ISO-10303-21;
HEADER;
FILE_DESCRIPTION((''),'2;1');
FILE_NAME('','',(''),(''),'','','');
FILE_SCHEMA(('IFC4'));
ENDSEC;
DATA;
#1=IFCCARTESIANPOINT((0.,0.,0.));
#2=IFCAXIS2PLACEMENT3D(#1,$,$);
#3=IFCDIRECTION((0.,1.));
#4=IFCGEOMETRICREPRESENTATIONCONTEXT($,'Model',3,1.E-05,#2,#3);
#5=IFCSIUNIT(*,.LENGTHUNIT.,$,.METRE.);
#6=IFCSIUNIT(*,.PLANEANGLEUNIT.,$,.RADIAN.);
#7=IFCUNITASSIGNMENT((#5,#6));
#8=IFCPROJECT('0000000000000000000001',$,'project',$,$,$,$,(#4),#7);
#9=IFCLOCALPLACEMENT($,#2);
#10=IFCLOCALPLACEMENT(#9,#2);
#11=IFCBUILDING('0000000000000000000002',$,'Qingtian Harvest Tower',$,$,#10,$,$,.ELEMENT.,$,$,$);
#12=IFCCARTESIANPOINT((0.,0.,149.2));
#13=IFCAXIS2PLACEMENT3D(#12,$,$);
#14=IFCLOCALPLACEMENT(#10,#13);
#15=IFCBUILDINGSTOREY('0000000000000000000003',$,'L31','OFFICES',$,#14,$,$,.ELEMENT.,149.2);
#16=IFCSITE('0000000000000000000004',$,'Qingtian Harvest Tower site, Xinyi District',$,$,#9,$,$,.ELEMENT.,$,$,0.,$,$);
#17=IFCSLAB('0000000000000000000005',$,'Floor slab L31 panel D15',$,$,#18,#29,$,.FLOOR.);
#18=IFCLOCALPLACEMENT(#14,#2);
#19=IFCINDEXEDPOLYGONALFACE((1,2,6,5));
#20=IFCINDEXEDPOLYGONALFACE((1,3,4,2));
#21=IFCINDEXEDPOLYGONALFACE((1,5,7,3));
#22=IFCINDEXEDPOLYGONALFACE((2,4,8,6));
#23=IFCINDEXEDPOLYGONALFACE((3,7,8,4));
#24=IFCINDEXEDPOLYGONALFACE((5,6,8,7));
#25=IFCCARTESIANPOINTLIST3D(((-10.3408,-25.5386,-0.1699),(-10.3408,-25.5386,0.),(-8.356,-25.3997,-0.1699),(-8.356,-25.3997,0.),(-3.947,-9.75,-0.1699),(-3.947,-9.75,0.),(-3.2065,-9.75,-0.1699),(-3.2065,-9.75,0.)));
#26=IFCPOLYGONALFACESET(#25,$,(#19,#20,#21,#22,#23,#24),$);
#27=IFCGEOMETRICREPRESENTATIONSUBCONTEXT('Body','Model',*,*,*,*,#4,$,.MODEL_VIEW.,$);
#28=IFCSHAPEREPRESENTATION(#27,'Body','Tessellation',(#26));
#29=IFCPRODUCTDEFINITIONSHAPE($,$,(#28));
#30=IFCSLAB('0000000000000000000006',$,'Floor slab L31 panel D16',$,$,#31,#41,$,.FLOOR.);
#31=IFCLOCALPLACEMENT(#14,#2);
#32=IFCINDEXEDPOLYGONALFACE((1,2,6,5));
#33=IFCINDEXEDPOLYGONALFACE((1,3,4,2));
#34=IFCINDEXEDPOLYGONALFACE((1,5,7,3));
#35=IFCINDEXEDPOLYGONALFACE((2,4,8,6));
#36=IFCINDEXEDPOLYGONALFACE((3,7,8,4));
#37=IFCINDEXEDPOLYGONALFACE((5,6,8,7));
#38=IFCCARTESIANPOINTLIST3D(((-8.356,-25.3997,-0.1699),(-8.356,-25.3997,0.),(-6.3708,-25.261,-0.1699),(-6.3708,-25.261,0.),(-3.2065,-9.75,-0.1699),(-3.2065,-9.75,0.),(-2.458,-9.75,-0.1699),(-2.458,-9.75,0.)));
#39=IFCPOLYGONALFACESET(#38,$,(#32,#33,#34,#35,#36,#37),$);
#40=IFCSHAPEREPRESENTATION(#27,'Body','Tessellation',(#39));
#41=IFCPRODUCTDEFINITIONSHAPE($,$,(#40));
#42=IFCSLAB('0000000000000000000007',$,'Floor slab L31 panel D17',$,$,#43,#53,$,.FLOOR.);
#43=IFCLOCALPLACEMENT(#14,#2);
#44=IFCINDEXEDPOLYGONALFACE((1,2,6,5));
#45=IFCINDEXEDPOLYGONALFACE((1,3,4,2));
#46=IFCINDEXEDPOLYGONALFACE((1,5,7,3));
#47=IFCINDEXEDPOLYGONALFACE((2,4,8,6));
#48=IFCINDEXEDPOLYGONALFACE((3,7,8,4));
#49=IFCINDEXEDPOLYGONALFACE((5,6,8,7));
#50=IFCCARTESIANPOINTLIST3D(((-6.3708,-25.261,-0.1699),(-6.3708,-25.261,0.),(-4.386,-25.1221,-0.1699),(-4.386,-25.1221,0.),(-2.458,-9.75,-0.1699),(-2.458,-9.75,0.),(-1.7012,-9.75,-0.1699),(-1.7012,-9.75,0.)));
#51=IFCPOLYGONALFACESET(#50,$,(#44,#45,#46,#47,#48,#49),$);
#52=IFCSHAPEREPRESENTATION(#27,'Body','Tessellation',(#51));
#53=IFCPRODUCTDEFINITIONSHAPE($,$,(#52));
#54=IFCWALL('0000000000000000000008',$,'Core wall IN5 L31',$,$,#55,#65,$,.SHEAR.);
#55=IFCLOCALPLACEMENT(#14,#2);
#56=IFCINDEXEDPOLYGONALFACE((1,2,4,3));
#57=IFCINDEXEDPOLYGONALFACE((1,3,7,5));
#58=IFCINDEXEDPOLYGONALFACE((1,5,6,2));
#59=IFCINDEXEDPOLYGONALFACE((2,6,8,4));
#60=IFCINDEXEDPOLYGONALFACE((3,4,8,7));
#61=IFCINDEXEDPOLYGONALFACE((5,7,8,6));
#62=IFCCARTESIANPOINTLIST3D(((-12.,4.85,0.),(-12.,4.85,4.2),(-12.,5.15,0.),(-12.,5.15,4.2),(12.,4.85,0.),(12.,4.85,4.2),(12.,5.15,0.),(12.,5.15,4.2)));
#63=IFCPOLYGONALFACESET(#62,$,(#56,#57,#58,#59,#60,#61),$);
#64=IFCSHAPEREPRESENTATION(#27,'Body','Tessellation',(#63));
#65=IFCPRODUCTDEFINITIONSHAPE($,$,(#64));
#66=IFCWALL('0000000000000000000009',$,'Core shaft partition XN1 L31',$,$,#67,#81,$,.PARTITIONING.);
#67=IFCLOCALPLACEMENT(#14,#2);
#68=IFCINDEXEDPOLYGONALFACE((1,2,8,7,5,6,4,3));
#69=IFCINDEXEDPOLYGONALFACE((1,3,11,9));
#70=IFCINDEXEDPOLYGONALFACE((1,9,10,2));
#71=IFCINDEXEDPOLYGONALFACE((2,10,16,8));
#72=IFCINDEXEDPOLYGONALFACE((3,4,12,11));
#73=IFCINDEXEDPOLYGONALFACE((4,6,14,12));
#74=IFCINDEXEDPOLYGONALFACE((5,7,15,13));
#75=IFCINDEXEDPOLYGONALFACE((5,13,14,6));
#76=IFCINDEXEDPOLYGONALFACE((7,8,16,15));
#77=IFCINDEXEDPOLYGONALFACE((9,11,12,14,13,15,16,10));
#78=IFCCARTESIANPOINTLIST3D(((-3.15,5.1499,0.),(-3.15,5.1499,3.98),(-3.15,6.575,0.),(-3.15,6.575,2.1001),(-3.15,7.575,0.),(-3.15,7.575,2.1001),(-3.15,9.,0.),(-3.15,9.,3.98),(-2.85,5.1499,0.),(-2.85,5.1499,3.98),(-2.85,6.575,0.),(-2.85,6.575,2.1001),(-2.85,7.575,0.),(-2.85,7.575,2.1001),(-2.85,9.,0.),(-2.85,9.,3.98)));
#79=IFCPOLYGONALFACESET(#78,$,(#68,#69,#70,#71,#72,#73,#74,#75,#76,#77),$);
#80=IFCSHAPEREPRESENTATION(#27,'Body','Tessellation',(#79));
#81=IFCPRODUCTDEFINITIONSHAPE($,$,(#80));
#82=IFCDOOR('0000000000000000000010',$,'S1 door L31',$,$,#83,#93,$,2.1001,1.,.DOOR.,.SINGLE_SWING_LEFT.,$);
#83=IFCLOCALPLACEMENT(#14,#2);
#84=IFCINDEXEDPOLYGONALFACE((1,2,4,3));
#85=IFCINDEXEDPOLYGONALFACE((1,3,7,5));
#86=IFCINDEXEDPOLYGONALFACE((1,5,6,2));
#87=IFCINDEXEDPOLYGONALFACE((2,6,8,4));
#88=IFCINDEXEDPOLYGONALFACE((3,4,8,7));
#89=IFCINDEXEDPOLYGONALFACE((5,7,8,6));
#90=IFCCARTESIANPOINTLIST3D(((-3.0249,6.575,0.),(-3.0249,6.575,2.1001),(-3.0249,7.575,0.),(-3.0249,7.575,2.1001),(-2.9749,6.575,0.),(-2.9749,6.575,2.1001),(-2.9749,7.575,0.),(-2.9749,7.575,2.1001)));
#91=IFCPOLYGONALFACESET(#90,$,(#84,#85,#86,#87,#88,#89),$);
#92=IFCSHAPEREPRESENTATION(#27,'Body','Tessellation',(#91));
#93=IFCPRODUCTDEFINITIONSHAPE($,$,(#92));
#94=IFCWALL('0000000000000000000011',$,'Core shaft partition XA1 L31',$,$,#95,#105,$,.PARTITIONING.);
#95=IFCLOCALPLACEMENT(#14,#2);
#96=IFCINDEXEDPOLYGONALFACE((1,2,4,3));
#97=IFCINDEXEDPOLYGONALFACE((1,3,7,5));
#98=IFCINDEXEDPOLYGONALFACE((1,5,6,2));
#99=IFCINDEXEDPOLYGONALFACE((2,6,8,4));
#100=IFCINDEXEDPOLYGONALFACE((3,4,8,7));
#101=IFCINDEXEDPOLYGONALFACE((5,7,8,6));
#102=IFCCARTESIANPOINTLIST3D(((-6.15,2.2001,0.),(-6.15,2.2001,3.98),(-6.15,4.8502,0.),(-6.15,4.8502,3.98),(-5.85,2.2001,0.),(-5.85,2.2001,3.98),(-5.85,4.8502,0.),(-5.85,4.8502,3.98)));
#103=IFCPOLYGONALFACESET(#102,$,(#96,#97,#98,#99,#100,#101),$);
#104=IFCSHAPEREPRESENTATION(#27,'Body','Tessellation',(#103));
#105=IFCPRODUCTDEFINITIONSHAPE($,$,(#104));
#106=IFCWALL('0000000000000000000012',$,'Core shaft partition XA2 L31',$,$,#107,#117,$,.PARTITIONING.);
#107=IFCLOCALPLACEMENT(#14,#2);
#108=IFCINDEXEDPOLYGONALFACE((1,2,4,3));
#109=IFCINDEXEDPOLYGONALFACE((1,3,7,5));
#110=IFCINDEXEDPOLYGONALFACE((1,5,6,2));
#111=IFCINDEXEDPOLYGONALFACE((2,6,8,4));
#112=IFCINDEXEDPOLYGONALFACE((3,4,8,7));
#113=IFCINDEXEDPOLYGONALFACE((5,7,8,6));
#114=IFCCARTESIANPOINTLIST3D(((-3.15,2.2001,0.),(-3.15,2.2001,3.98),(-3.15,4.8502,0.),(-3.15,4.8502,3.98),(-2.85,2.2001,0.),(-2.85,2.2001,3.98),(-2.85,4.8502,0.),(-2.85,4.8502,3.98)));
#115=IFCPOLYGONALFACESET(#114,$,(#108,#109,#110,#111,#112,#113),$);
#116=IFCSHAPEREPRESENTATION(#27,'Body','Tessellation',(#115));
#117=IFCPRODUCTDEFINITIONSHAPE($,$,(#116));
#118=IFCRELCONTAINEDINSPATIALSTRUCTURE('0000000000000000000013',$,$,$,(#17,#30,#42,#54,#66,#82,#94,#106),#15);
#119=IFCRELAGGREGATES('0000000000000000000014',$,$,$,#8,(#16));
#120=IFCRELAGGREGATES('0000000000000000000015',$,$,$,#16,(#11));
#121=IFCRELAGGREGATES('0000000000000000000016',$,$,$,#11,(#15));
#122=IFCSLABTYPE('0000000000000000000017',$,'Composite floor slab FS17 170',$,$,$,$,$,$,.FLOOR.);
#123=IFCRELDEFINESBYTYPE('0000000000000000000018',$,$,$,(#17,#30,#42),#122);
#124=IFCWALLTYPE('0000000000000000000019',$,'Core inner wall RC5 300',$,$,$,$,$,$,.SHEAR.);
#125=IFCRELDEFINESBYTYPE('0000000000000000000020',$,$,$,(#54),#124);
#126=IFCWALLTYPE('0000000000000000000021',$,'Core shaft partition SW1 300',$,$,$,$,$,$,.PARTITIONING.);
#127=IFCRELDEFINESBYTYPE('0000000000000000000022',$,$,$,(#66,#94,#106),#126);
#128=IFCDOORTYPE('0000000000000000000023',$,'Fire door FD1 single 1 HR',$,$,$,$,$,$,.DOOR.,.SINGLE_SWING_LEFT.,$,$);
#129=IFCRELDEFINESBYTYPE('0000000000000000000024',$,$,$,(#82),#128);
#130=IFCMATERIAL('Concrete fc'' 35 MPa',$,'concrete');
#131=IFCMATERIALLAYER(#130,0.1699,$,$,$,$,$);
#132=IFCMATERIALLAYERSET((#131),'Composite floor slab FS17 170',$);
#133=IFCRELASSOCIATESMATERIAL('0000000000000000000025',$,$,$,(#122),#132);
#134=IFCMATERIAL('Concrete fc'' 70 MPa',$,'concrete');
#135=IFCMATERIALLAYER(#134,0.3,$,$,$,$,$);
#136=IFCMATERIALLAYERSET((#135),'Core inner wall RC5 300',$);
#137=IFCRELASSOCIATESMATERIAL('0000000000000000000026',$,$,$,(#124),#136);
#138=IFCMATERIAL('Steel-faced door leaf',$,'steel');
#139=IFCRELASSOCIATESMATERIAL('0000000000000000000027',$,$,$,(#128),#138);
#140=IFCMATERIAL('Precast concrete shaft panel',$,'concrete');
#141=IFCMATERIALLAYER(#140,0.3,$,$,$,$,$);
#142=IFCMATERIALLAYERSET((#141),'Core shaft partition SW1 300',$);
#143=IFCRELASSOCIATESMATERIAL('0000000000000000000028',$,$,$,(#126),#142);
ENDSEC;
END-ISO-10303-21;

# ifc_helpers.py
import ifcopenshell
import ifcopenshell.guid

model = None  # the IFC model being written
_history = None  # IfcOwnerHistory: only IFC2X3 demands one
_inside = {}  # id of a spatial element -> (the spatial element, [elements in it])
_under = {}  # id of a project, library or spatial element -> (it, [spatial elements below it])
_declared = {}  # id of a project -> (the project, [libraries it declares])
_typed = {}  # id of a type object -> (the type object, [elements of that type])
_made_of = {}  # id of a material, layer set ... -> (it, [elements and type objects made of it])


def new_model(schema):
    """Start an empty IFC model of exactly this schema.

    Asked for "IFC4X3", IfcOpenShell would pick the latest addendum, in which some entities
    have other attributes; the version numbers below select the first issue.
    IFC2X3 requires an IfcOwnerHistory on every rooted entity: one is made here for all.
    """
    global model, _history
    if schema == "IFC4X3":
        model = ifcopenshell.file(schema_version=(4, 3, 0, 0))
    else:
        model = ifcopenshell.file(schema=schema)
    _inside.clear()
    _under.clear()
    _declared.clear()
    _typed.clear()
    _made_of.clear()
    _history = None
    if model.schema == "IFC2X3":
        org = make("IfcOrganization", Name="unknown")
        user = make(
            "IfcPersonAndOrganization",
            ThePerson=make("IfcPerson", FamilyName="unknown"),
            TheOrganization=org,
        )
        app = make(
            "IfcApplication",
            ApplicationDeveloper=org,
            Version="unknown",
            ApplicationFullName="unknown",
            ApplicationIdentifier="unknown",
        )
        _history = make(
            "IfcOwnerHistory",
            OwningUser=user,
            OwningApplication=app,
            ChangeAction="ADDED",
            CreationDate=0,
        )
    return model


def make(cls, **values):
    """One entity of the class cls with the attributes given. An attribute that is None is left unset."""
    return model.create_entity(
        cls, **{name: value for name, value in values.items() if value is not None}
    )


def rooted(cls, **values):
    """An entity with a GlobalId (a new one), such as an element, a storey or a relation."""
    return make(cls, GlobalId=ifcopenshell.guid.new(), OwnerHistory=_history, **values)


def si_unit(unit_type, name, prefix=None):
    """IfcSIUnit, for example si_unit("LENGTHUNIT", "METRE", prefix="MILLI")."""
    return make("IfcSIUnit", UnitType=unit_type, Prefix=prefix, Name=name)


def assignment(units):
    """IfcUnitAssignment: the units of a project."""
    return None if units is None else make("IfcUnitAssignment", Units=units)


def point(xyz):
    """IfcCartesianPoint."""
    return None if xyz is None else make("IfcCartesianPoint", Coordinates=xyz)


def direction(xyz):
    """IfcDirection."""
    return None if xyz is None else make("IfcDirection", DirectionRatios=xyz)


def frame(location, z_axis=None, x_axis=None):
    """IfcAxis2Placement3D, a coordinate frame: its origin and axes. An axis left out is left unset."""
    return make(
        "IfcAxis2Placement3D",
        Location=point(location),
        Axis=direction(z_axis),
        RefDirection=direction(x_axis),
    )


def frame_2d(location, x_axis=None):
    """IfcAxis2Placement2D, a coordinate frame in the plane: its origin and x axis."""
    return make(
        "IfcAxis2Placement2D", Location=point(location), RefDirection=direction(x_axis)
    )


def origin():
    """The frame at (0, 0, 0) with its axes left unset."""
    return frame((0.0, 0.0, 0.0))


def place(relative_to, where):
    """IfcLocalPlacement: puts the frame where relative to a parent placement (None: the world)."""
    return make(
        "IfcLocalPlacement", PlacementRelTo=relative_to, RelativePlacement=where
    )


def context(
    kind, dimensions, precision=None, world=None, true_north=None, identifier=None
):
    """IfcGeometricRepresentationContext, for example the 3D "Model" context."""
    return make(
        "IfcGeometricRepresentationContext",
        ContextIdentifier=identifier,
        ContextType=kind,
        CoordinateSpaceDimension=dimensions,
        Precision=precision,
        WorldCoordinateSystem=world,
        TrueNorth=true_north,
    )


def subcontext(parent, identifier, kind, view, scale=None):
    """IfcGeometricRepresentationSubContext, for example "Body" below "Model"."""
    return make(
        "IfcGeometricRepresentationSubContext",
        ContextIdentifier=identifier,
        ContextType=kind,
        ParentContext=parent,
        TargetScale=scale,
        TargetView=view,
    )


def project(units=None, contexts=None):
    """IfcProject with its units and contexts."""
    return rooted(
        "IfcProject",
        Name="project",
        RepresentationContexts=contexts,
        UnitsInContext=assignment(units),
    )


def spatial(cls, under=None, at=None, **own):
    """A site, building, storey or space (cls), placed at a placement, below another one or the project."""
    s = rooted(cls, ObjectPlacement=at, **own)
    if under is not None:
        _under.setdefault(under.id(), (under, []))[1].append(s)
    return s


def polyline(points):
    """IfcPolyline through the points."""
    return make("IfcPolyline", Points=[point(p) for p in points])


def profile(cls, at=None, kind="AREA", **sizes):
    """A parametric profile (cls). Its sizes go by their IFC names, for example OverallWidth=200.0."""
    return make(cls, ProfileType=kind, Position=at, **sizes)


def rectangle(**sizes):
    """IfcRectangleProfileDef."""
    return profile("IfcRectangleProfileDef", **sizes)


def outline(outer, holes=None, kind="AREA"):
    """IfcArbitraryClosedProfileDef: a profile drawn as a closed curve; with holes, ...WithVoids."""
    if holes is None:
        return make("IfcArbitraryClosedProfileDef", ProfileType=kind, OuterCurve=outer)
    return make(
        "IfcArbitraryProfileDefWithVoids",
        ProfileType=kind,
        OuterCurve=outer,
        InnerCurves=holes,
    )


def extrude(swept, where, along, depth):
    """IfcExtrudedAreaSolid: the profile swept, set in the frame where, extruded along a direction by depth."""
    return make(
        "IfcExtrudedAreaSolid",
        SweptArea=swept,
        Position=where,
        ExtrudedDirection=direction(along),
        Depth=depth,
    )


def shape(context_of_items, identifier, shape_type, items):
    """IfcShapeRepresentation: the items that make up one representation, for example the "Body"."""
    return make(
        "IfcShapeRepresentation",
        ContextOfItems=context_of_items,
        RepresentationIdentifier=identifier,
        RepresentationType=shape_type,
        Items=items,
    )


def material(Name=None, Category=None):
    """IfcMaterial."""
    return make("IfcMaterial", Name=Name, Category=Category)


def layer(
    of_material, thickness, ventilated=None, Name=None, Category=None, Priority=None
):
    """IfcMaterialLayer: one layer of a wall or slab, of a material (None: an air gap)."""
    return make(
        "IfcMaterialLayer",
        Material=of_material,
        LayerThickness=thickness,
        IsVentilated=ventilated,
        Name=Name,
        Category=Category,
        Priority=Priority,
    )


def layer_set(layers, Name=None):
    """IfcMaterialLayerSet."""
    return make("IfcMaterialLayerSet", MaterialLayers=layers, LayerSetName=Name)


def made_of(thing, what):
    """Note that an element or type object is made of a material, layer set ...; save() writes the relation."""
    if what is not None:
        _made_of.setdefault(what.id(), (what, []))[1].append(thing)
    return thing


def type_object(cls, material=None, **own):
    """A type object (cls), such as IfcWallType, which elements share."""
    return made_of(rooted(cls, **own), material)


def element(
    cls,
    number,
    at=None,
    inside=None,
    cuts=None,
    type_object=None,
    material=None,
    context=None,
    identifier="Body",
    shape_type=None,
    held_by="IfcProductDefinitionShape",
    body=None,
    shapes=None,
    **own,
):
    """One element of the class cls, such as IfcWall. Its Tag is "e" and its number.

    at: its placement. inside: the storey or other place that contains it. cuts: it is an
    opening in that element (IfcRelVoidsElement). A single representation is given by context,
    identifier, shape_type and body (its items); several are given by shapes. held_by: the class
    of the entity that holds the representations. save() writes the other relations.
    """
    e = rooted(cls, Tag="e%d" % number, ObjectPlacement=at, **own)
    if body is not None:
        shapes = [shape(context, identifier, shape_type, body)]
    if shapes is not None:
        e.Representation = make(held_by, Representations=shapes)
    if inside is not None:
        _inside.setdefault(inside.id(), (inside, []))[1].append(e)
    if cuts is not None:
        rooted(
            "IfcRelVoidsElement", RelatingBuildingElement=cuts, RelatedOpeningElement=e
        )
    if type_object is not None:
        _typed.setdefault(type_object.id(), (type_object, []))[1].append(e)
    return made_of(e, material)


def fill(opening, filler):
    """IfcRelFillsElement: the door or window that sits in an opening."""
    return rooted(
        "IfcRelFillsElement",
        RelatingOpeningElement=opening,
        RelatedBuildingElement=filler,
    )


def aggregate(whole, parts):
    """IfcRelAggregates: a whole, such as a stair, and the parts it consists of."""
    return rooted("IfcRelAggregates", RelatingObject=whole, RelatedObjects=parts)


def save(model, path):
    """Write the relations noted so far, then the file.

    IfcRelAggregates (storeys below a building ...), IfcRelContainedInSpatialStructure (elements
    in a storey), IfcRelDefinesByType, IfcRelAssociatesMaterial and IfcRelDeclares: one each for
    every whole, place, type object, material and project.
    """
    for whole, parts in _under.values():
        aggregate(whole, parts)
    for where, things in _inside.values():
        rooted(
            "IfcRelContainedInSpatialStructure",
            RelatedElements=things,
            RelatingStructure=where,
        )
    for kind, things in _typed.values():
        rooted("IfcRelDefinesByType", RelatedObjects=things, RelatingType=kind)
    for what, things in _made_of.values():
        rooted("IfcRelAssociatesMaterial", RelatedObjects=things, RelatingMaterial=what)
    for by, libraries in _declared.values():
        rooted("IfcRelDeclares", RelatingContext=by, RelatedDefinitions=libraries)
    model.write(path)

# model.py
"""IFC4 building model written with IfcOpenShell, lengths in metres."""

from ifc_helpers import new_model, si_unit, direction, frame, frame_2d, origin, place, context, subcontext, project, spatial, polyline, rectangle, outline, extrude, material, layer, layer_set, type_object, element, fill, save


model = new_model("IFC4")

# Units and contexts
model_context = context("Model", 3, precision=1e-05, world=origin(), true_north=direction((0.0, 1.0)))
body_context = subcontext(model_context, "Body", "Model", "MODEL_VIEW")
ifc_project = project(units=[si_unit("LENGTHUNIT", "METRE"), si_unit("PLANEANGLEUNIT", "RADIAN")], contexts=[model_context])

# Site, building, storey
site_placement = place(None, origin())
site = spatial("IfcSite", under=ifc_project, at=site_placement, Name="Qingtian Harvest Tower site, Xinyi District", CompositionType="ELEMENT", RefElevation=0.0)
building_placement = place(site_placement, origin())
building = spatial("IfcBuilding", under=site, at=building_placement, Name="Qingtian Harvest Tower", CompositionType="ELEMENT")
storey_placement = place(building_placement, frame((0.0, 0.0, 149.2)))
storey = spatial("IfcBuildingStorey", under=building, at=storey_placement, Name="L31", Description="OFFICES", CompositionType="ELEMENT", Elevation=149.2)

# Slabs
ifc_material_1 = material(Name="Concrete fc' 35 MPa", Category="concrete")
ifc_layer_1 = layer(ifc_material_1, 0.1699)
ifc_layer_set_1 = layer_set([ifc_layer_1], Name="Composite floor slab FS17 170")
slab_type = type_object("IfcSlabType", Name="Composite floor slab FS17 170", PredefinedType="FLOOR", material=ifc_layer_set_1)
slab_1_placement = place(storey_placement, frame((0.0, 0.0, -0.1699)))
element("IfcSlab", 1, at=slab_1_placement, inside=storey, type_object=slab_type, Name="Floor slab L31 panel D15", PredefinedType="FLOOR", context=body_context, shape_type="SweptSolid", body=[
    extrude(outline(polyline([(-3.2065, -9.75), (-8.356, -25.3997), (-10.3408, -25.5386), (-3.947, -9.75), (-3.2065, -9.75)])), origin(), (0.0, 0.0, 1.0), 0.1699),
])
slab_2_placement = place(storey_placement, frame((0.0, 0.0, -0.1699)))
element("IfcSlab", 2, at=slab_2_placement, inside=storey, type_object=slab_type, Name="Floor slab L31 panel D16", PredefinedType="FLOOR", context=body_context, shape_type="SweptSolid", body=[
    extrude(outline(polyline([(-2.458, -9.75), (-6.3708, -25.261), (-8.356, -25.3997), (-3.2065, -9.75), (-2.458, -9.75)])), origin(), (0.0, 0.0, 1.0), 0.1699),
])
slab_3_placement = place(storey_placement, frame((0.0, 0.0, -0.1699)))
element("IfcSlab", 3, at=slab_3_placement, inside=storey, type_object=slab_type, Name="Floor slab L31 panel D17", PredefinedType="FLOOR", context=body_context, shape_type="SweptSolid", body=[
    extrude(outline(polyline([(-1.7012, -9.75), (-4.386, -25.1221), (-6.3708, -25.261), (-2.458, -9.75), (-1.7012, -9.75)])), origin(), (0.0, 0.0, 1.0), 0.1699),
])

# Wall
ifc_material_2 = material(Name="Concrete fc' 70 MPa", Category="concrete")
ifc_layer_2 = layer(ifc_material_2, 0.3)
ifc_layer_set_2 = layer_set([ifc_layer_2], Name="Core inner wall RC5 300")
wall_type_1 = type_object("IfcWallType", Name="Core inner wall RC5 300", PredefinedType="SHEAR", material=ifc_layer_set_2)
wall_1_placement = place(storey_placement, frame((-12.0, 5.0, 0.0), z_axis=(0.0, 0.0, 1.0), x_axis=(1.0, 0.0, 0.0)))
element("IfcWall", 4, at=wall_1_placement, inside=storey, type_object=wall_type_1, Name="Core wall IN5 L31", PredefinedType="SHEAR", context=body_context, shape_type="SweptSolid", body=[
    extrude(rectangle(XDim=24.0, YDim=0.3, at=frame_2d((12.0, 0.0))), origin(), (0.0, 0.0, 1.0), 4.2),
])

# Shared definitions
ifc_material_3 = material(Name="Steel-faced door leaf", Category="steel")
door_type_1 = type_object("IfcDoorType", Name="Fire door FD1 single 1 HR", OperationType="SINGLE_SWING_LEFT", PredefinedType="DOOR", material=ifc_material_3)

# Wall, opening, door
ifc_material_4 = material(Name="Precast concrete shaft panel", Category="concrete")
ifc_layer_3 = layer(ifc_material_4, 0.3)
ifc_layer_set_3 = layer_set([ifc_layer_3], Name="Core shaft partition SW1 300")
wall_type_2 = type_object("IfcWallType", Name="Core shaft partition SW1 300", PredefinedType="PARTITIONING", material=ifc_layer_set_3)
wall_2_placement = place(storey_placement, frame((-3.0, 5.1499, 0.0), z_axis=(0.0, 0.0, 1.0), x_axis=(0.0, 1.0, 0.0)))
wall_2 = element("IfcWall", 5, at=wall_2_placement, inside=storey, type_object=wall_type_2, Name="Core shaft partition XN1 L31", PredefinedType="PARTITIONING", context=body_context, shape_type="SweptSolid", body=[
    extrude(rectangle(XDim=3.8501, YDim=0.3, at=frame_2d((1.925, 0.0))), origin(), (0.0, 0.0, 1.0), 3.98),
])
opening_1_placement = place(wall_2_placement, frame((1.425, 0.0, 0.0)))
opening_1 = element("IfcOpeningElement", 6, at=opening_1_placement, cuts=wall_2, PredefinedType="OPENING", context=body_context, shape_type="SweptSolid", body=[
    extrude(rectangle(XDim=1.0, YDim=2.1001, at=frame_2d((0.5, 1.05))), frame((0.0, 0.1599, 0.0), z_axis=(0.0, -1.0, 0.0), x_axis=(1.0, 0.0, 0.0)), (0.0, 0.0, 1.0), 0.3201),
])
door_1_placement = place(opening_1_placement, origin())
door_1 = element("IfcDoor", 7, at=door_1_placement, inside=storey, type_object=door_type_1, Name="S1 door L31", OperationType="SINGLE_SWING_LEFT", OverallHeight=2.1001, OverallWidth=1.0, PredefinedType="DOOR", context=body_context, shape_type="SweptSolid", body=[
    extrude(rectangle(XDim=1.0, YDim=2.1001, at=frame_2d((0.5, 1.05))), frame((0.0, 0.0249, 0.0), z_axis=(0.0, -1.0, 0.0), x_axis=(1.0, 0.0, 0.0)), (0.0, 0.0, 1.0), 0.05),
])
fill(opening_1, door_1)

# Walls
for number, where, z_axis, x_axis, name in (
    (8, (-6.0, 2.2, 0.0), (0.0, 0.0, 1.0), (0.0, 1.0, 0.0), "Core shaft partition XA1 L31"),
    (9, (-3.0, 2.2, 0.0), (0.0, 0.0, 1.0), (0.0, 1.0, 0.0), "Core shaft partition XA2 L31"),
):
    element("IfcWall", number, at=place(storey_placement, frame(where, z_axis=z_axis, x_axis=x_axis)), inside=storey, type_object=wall_type_2, Name=name, PredefinedType="PARTITIONING", context=body_context, shape_type="SweptSolid", body=[
        extrude(rectangle(XDim=2.6501, YDim=0.3, at=frame_2d((1.3252, 0.0))), origin(), (0.0, 0.0, 1.0), 3.98),
    ])

save(model, "model.ifc")
